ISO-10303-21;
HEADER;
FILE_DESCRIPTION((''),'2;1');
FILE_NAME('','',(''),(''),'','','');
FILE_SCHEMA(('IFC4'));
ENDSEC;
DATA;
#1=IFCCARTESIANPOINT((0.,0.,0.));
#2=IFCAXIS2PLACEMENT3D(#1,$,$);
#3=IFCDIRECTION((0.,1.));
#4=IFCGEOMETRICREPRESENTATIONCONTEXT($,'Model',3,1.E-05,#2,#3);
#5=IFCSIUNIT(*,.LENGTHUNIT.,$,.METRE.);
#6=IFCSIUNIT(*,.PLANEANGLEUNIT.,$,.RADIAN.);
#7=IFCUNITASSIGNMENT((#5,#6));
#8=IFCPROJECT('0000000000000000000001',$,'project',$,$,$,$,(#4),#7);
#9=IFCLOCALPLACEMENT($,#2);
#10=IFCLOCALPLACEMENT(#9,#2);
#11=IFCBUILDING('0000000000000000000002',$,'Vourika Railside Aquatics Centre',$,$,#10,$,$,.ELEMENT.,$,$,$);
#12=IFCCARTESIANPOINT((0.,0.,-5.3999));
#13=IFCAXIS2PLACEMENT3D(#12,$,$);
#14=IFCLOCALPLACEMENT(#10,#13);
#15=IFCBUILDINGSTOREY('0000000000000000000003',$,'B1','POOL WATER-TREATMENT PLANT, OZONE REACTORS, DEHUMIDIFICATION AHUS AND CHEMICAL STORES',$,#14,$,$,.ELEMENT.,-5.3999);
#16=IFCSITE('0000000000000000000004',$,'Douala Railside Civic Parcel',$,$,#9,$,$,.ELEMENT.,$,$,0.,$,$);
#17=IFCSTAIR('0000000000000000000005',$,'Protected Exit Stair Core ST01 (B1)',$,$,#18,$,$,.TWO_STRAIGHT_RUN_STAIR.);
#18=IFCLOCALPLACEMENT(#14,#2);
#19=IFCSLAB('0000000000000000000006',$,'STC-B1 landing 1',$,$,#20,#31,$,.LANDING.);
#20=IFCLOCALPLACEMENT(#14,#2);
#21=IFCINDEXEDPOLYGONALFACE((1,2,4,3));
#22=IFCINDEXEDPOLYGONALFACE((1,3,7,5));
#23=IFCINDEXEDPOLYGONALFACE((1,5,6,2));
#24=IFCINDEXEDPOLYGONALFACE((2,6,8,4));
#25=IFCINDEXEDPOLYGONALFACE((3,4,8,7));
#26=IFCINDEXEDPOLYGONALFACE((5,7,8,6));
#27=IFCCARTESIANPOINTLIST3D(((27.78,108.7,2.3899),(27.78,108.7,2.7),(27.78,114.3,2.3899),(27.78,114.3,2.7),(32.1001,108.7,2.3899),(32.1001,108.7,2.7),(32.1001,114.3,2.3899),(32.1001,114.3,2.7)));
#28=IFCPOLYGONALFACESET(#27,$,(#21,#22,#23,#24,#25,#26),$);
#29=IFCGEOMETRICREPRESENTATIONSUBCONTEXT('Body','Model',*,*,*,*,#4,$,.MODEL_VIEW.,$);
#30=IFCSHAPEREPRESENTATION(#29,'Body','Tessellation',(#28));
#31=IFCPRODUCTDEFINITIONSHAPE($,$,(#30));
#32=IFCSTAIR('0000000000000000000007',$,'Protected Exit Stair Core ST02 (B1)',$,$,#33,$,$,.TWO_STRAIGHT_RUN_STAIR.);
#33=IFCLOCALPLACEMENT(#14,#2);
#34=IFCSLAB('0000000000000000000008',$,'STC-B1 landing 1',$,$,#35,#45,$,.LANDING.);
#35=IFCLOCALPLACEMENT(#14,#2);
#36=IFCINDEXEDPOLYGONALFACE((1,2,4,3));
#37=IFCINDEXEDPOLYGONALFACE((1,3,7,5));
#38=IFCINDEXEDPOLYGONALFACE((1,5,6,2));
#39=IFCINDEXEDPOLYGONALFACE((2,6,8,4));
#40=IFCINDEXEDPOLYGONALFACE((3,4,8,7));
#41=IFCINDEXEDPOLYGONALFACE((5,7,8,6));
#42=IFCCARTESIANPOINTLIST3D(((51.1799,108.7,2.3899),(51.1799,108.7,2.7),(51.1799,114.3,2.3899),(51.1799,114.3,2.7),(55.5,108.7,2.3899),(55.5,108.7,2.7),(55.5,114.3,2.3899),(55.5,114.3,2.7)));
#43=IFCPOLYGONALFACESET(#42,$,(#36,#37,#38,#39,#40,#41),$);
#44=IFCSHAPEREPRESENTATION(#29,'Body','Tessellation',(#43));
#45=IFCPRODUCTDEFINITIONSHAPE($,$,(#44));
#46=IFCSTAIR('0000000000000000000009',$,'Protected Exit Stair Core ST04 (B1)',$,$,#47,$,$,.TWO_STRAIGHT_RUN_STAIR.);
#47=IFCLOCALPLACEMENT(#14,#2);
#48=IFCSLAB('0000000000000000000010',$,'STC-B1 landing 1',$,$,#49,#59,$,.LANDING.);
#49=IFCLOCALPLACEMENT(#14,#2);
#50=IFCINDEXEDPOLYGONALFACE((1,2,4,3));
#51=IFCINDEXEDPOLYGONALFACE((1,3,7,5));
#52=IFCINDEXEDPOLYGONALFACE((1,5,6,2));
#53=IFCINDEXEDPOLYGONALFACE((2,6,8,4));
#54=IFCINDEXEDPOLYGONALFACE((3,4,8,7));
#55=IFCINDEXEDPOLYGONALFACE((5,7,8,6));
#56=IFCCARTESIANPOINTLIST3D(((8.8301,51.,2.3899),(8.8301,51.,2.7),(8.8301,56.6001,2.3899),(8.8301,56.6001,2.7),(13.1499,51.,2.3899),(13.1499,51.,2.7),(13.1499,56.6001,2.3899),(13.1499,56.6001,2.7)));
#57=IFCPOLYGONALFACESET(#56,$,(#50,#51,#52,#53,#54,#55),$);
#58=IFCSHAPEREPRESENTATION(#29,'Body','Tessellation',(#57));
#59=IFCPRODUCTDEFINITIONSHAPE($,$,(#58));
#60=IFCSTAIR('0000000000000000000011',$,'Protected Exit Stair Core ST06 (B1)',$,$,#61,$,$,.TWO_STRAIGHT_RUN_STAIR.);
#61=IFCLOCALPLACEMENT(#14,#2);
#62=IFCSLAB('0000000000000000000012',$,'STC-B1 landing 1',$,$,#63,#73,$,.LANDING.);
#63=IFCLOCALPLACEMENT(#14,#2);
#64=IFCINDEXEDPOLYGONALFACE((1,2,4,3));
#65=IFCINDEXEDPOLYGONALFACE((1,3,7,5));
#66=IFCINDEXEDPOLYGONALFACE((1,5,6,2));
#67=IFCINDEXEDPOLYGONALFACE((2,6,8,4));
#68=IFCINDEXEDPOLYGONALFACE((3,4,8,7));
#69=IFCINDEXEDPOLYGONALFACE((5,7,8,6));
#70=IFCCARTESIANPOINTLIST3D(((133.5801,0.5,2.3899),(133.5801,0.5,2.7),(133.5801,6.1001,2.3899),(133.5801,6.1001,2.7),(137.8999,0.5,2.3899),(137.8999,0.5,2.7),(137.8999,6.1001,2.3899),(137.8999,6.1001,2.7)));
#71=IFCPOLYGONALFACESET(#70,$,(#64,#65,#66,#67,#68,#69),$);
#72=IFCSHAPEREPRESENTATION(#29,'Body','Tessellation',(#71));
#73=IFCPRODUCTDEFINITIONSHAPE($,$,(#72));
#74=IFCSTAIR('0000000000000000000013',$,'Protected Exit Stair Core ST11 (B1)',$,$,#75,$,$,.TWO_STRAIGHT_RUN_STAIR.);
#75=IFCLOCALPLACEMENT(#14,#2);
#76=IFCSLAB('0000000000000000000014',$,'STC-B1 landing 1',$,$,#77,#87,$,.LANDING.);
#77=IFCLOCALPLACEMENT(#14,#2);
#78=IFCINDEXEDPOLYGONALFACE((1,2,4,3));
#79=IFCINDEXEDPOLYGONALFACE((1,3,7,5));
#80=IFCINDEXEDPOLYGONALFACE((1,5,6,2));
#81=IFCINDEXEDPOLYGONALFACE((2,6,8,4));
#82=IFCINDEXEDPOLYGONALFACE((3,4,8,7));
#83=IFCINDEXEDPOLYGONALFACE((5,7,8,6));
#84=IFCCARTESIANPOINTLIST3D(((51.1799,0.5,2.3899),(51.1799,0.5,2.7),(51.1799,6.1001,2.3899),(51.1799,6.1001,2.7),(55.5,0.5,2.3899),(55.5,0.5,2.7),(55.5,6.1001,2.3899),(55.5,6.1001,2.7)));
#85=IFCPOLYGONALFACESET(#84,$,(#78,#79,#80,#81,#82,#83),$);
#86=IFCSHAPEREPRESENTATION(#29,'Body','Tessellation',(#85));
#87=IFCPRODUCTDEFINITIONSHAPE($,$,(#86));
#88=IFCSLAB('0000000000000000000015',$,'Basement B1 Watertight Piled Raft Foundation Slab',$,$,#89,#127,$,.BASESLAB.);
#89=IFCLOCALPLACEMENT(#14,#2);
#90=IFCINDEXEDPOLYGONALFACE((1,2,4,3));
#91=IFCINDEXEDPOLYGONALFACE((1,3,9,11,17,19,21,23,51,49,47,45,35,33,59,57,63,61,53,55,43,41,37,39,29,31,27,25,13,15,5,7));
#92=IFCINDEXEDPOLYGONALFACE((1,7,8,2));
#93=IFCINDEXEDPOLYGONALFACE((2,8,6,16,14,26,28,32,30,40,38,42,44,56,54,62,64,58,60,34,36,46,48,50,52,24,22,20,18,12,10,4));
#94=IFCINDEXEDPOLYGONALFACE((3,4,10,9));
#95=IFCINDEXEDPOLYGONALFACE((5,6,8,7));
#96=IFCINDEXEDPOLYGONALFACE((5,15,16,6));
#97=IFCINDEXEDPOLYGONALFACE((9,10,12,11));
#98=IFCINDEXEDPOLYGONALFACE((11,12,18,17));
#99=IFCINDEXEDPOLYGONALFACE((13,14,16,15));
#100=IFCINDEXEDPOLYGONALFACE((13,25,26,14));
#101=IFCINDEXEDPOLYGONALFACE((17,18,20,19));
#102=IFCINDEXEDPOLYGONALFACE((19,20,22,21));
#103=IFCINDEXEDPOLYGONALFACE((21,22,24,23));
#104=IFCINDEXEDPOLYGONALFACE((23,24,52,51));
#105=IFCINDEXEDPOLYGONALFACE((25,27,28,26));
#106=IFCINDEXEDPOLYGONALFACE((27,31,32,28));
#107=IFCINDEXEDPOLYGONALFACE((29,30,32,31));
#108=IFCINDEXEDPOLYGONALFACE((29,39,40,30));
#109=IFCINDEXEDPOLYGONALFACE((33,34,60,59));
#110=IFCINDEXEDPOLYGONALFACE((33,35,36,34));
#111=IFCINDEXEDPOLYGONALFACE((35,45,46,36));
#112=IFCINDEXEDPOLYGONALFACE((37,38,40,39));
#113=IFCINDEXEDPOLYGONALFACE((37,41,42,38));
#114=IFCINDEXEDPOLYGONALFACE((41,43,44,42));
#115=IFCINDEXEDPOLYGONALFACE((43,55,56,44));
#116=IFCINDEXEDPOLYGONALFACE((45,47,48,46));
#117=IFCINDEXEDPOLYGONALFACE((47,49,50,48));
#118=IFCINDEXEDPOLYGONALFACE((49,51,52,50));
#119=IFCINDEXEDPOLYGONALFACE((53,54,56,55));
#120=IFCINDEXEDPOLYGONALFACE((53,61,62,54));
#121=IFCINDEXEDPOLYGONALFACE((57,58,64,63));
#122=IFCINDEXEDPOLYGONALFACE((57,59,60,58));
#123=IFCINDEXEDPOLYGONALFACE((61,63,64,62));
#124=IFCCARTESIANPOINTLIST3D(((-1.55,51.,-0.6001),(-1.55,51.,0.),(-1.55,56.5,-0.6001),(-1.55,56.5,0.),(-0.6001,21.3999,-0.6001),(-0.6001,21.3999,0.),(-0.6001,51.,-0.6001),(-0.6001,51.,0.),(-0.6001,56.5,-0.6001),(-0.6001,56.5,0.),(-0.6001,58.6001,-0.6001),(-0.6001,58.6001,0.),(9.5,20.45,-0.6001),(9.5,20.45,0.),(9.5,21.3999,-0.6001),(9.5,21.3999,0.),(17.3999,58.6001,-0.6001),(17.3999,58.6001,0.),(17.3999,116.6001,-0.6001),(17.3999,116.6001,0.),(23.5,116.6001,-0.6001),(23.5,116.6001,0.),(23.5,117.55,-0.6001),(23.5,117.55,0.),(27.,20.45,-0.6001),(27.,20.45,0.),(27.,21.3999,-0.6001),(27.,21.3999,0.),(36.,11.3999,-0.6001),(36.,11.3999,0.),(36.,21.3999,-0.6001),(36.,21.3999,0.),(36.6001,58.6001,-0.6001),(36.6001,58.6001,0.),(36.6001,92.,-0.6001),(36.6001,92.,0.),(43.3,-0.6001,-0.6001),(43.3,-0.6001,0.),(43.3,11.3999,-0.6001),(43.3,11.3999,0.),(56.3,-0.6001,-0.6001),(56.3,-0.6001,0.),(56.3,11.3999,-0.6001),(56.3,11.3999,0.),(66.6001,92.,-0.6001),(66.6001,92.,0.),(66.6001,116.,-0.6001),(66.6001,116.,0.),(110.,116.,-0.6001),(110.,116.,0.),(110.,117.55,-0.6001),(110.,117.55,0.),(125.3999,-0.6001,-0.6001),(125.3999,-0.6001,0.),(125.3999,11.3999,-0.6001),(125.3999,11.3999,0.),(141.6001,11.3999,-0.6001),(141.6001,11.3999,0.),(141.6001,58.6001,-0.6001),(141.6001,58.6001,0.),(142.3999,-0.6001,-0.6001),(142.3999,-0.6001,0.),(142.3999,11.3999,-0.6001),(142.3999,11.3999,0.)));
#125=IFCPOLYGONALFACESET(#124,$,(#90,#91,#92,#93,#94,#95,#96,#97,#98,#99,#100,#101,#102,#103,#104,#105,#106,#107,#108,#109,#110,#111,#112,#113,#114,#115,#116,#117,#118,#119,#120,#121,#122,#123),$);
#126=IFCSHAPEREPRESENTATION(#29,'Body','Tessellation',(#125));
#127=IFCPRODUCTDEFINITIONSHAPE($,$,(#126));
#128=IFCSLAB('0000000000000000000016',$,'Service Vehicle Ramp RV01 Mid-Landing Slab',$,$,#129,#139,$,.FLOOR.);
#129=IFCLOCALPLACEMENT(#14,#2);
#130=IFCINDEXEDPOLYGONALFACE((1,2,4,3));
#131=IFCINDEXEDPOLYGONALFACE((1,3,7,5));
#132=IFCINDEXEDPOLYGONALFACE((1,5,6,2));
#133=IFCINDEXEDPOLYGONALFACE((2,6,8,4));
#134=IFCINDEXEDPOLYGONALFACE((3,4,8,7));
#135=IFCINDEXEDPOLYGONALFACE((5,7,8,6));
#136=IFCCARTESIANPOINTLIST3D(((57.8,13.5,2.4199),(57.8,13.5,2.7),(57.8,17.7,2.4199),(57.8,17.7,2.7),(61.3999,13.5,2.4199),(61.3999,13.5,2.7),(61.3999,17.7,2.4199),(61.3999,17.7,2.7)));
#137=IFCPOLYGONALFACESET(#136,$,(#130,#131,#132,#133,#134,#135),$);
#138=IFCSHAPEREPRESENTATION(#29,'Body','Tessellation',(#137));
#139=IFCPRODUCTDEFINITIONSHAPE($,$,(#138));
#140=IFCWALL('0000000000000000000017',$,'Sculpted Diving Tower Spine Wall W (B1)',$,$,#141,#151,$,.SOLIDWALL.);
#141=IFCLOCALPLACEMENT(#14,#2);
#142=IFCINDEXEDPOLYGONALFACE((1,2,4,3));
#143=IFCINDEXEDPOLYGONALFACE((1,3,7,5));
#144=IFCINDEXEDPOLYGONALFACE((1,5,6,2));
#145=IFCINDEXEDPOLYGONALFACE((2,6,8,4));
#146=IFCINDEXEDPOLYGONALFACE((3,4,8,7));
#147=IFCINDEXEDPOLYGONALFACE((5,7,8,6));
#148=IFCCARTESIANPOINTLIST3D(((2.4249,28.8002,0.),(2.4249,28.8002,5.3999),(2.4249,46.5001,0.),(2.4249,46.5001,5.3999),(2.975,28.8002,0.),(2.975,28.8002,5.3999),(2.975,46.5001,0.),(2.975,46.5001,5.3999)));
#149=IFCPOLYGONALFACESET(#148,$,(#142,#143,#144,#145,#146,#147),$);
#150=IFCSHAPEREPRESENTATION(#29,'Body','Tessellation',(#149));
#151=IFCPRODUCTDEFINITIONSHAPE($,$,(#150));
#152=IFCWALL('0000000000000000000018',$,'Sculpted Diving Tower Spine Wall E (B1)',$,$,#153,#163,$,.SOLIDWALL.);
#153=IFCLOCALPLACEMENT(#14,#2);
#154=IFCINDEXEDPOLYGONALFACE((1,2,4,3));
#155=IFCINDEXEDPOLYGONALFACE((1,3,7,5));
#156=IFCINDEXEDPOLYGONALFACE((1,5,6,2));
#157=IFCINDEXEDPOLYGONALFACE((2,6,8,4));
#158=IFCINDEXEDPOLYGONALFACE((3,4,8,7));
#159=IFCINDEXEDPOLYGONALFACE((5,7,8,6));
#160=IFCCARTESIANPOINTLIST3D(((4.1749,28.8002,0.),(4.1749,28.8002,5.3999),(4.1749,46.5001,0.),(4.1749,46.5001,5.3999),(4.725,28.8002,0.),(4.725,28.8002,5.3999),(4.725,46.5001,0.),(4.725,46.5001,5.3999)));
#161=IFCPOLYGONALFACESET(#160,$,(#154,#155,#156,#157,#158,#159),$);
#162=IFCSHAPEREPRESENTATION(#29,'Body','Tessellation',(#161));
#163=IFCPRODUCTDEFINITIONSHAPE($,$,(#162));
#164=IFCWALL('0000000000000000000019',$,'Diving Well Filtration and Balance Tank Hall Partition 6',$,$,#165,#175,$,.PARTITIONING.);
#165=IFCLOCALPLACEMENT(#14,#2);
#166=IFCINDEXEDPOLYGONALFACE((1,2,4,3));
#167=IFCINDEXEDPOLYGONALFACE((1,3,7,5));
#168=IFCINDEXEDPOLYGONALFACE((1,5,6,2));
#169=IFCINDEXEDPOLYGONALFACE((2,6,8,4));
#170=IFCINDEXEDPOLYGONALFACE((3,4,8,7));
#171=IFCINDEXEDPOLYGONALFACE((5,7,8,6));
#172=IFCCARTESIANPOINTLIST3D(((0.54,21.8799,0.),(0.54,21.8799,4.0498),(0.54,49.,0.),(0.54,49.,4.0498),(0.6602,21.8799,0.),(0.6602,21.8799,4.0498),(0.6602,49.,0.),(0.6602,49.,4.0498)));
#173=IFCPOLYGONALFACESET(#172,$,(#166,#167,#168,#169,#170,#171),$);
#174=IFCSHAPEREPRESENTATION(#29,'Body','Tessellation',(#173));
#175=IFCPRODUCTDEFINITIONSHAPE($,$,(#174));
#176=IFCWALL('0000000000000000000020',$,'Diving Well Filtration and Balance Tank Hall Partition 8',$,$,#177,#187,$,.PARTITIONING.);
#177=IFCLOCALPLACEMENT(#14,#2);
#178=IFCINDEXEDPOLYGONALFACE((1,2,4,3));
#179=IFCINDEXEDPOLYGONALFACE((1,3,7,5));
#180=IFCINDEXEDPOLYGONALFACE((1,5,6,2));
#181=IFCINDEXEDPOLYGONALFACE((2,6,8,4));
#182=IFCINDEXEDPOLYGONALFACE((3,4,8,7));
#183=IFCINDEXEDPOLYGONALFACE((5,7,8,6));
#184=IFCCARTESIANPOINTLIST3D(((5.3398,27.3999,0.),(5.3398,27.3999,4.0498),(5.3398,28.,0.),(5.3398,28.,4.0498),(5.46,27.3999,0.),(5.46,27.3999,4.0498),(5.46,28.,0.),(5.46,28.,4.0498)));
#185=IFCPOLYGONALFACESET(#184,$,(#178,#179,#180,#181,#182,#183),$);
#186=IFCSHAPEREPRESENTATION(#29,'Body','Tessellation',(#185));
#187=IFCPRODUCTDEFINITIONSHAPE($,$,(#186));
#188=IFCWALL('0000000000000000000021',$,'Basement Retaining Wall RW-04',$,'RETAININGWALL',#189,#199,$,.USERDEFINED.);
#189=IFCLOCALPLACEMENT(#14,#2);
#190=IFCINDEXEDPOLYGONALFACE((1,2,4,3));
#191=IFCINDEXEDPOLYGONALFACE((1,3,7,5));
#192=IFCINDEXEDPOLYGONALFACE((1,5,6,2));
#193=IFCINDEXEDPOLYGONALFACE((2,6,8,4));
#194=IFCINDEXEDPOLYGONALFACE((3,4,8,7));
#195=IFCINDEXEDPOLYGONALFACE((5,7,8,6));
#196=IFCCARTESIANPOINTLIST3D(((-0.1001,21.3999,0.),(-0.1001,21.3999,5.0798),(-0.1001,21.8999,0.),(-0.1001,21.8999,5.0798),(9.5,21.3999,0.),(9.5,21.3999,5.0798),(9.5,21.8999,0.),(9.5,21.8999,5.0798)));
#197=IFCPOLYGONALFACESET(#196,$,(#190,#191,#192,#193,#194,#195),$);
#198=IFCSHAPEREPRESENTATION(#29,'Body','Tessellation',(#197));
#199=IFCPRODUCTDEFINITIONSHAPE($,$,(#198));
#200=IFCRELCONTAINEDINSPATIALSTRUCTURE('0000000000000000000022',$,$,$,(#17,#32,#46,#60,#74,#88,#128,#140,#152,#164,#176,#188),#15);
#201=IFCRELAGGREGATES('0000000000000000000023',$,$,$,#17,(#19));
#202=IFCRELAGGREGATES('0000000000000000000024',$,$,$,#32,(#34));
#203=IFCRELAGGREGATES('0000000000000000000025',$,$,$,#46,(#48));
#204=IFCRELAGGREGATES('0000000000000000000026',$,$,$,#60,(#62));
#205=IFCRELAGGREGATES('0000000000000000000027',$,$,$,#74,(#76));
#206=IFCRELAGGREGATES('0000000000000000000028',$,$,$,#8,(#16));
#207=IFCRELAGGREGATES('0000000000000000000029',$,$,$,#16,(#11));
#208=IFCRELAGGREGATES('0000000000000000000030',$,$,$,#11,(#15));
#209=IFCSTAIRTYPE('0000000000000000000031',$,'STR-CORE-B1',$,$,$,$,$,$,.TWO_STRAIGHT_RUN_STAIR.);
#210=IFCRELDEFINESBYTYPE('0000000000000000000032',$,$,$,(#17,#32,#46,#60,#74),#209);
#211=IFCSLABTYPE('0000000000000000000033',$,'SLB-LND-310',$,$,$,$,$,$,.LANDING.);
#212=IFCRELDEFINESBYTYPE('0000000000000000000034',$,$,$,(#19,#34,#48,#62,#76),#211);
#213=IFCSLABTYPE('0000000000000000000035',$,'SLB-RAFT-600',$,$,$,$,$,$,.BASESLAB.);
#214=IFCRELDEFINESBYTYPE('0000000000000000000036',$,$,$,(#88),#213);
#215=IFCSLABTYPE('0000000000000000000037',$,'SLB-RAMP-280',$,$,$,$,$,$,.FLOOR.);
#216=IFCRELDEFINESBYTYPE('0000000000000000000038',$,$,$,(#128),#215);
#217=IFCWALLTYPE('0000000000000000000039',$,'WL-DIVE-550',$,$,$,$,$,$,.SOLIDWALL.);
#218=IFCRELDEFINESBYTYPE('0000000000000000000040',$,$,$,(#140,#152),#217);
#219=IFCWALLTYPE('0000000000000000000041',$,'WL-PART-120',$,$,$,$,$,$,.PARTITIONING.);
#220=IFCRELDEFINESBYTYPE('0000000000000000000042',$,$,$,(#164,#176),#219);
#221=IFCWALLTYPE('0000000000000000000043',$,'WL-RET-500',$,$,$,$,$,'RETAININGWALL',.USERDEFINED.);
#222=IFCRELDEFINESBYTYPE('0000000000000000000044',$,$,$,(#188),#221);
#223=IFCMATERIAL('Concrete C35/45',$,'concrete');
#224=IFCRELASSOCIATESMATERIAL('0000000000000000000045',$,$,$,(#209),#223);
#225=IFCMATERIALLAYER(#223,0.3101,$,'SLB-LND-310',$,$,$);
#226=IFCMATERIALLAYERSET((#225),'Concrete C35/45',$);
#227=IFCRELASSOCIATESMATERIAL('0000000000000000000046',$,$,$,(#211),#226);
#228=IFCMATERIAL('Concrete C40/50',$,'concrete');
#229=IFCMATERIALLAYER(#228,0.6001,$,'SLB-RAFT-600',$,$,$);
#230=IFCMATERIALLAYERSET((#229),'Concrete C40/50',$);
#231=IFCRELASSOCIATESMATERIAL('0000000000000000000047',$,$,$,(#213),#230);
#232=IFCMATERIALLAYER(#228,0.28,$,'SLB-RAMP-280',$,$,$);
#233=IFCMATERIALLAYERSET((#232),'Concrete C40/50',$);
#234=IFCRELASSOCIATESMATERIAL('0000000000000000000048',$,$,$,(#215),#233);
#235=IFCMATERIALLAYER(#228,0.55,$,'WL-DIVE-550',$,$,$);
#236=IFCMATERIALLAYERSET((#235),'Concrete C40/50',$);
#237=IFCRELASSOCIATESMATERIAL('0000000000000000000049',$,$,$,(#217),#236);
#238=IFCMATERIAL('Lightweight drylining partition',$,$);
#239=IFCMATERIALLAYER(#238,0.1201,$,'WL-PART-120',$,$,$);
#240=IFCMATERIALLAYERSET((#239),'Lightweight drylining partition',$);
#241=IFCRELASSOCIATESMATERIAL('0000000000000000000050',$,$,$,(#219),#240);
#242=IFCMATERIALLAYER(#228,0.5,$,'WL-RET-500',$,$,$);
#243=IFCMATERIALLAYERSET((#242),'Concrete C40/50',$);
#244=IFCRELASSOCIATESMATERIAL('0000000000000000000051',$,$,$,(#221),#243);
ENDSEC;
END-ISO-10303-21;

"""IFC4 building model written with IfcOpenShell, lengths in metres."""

from ifc_helpers import new_model, si_unit, direction, frame, frame_2d, origin, place, context, subcontext, project, spatial, polyline, rectangle, outline, extrude, material, layer, layer_set, type_object, element, aggregate, save


model = new_model("IFC4")

# Units and contexts
model_context = context("Model", 3, precision=1e-05, world=origin(), true_north=direction((0.0, 1.0)))
body_context = subcontext(model_context, "Body", "Model", "MODEL_VIEW")
ifc_project = project(units=[si_unit("LENGTHUNIT", "METRE"), si_unit("PLANEANGLEUNIT", "RADIAN")], contexts=[model_context])

# Site, building, storey
site_placement = place(None, origin())
site = spatial("IfcSite", under=ifc_project, at=site_placement, Name="Douala Railside Civic Parcel", CompositionType="ELEMENT", RefElevation=0.0)
building_placement = place(site_placement, origin())
building = spatial("IfcBuilding", under=site, at=building_placement, Name="Vourika Railside Aquatics Centre", CompositionType="ELEMENT")
storey_placement = place(building_placement, frame((0.0, 0.0, -5.3999)))
storey = spatial("IfcBuildingStorey", under=building, at=storey_placement, Name="B1", Description="POOL WATER-TREATMENT PLANT, OZONE REACTORS, DEHUMIDIFICATION AHUS AND CHEMICAL STORES", CompositionType="ELEMENT", Elevation=-5.3999)

# Shared definitions
ifc_material_1 = material(Name="Concrete C40/50", Category="concrete")

# Shared definitions
ifc_material_2 = material(Name="Concrete C35/45", Category="concrete")

# Stairs, slabs
stair_type = type_object("IfcStairType", Name="STR-CORE-B1", PredefinedType="TWO_STRAIGHT_RUN_STAIR", material=ifc_material_2)
stair_1_placement = place(storey_placement, origin())
stair_1 = element("IfcStair", 1, at=stair_1_placement, inside=storey, type_object=stair_type, Name="Protected Exit Stair Core ST01 (B1)", PredefinedType="TWO_STRAIGHT_RUN_STAIR")
ifc_layer_1 = layer(ifc_material_2, 0.3101, Name="SLB-LND-310")
ifc_layer_set_1 = layer_set([ifc_layer_1], Name="Concrete C35/45")
slab_type_1 = type_object("IfcSlabType", Name="SLB-LND-310", PredefinedType="LANDING", material=ifc_layer_set_1)
slab_1_placement = place(storey_placement, frame((0.0, 0.0, 2.3899)))
slab_1 = element("IfcSlab", 2, at=slab_1_placement, type_object=slab_type_1, Name="STC-B1 landing 1", PredefinedType="LANDING", context=body_context, shape_type="SweptSolid", body=[
    extrude(outline(polyline([(27.78, 108.7), (32.1001, 108.7), (32.1001, 114.3), (27.78, 114.3), (27.78, 108.7)])), origin(), (0.0, 0.0, 1.0), 0.3101),
])
aggregate(stair_1, [slab_1])
stair_2_placement = place(storey_placement, origin())
stair_2 = element("IfcStair", 3, at=stair_2_placement, inside=storey, type_object=stair_type, Name="Protected Exit Stair Core ST02 (B1)", PredefinedType="TWO_STRAIGHT_RUN_STAIR")
slab_2_placement = place(storey_placement, frame((0.0, 0.0, 2.3899)))
slab_2 = element("IfcSlab", 4, at=slab_2_placement, type_object=slab_type_1, Name="STC-B1 landing 1", PredefinedType="LANDING", context=body_context, shape_type="SweptSolid", body=[
    extrude(outline(polyline([(51.1799, 108.7), (55.5, 108.7), (55.5, 114.3), (51.1799, 114.3), (51.1799, 108.7)])), origin(), (0.0, 0.0, 1.0), 0.3101),
])
aggregate(stair_2, [slab_2])
stair_3_placement = place(storey_placement, origin())
stair_3 = element("IfcStair", 5, at=stair_3_placement, inside=storey, type_object=stair_type, Name="Protected Exit Stair Core ST04 (B1)", PredefinedType="TWO_STRAIGHT_RUN_STAIR")
slab_3_placement = place(storey_placement, frame((0.0, 0.0, 2.3899)))
slab_3 = element("IfcSlab", 6, at=slab_3_placement, type_object=slab_type_1, Name="STC-B1 landing 1", PredefinedType="LANDING", context=body_context, shape_type="SweptSolid", body=[
    extrude(outline(polyline([(8.8301, 51.0), (13.1499, 51.0), (13.1499, 56.6001), (8.8301, 56.6001), (8.8301, 51.0)])), origin(), (0.0, 0.0, 1.0), 0.3101),
])
aggregate(stair_3, [slab_3])
stair_4_placement = place(storey_placement, origin())
stair_4 = element("IfcStair", 7, at=stair_4_placement, inside=storey, type_object=stair_type, Name="Protected Exit Stair Core ST06 (B1)", PredefinedType="TWO_STRAIGHT_RUN_STAIR")
slab_4_placement = place(storey_placement, frame((0.0, 0.0, 2.3899)))
slab_4 = element("IfcSlab", 8, at=slab_4_placement, type_object=slab_type_1, Name="STC-B1 landing 1", PredefinedType="LANDING", context=body_context, shape_type="SweptSolid", body=[
    extrude(outline(polyline([(133.5801, 0.5), (137.8999, 0.5), (137.8999, 6.1001), (133.5801, 6.1001), (133.5801, 0.5)])), origin(), (0.0, 0.0, 1.0), 0.3101),
])
aggregate(stair_4, [slab_4])
stair_5_placement = place(storey_placement, origin())
stair_5 = element("IfcStair", 9, at=stair_5_placement, inside=storey, type_object=stair_type, Name="Protected Exit Stair Core ST11 (B1)", PredefinedType="TWO_STRAIGHT_RUN_STAIR")
slab_5_placement = place(storey_placement, frame((0.0, 0.0, 2.3899)))
slab_5 = element("IfcSlab", 10, at=slab_5_placement, type_object=slab_type_1, Name="STC-B1 landing 1", PredefinedType="LANDING", context=body_context, shape_type="SweptSolid", body=[
    extrude(outline(polyline([(51.1799, 0.5), (55.5, 0.5), (55.5, 6.1001), (51.1799, 6.1001), (51.1799, 0.5)])), origin(), (0.0, 0.0, 1.0), 0.3101),
])
aggregate(stair_5, [slab_5])

# Slabs
ifc_layer_2 = layer(ifc_material_1, 0.6001, Name="SLB-RAFT-600")
ifc_layer_set_2 = layer_set([ifc_layer_2], Name="Concrete C40/50")
slab_type_2 = type_object("IfcSlabType", Name="SLB-RAFT-600", PredefinedType="BASESLAB", material=ifc_layer_set_2)
slab_6_placement = place(storey_placement, frame((0.0, 0.0, -0.6001)))
element("IfcSlab", 11, at=slab_6_placement, inside=storey, type_object=slab_type_2, Name="Basement B1 Watertight Piled Raft Foundation Slab", PredefinedType="BASESLAB", context=body_context, shape_type="SweptSolid", body=[
    extrude(outline(polyline([(36.0, 11.3999), (36.0, 21.3999), (27.0, 21.3999), (27.0, 20.45), (9.5, 20.45), (9.5, 21.3999), (-0.6001, 21.3999), (-0.6001, 51.0), (-1.55, 51.0), (-1.55, 56.5), (-0.6001, 56.5), (-0.6001, 58.6001), (17.3999, 58.6001), (17.3999, 116.6001), (23.5, 116.6001), (23.5, 117.55), (110.0, 117.55), (110.0, 116.0), (66.6001, 116.0), (66.6001, 92.0), (36.6001, 92.0), (36.6001, 58.6001), (141.6001, 58.6001), (141.6001, 11.3999), (142.3999, 11.3999), (142.3999, -0.6001), (125.3999, -0.6001), (125.3999, 11.3999), (56.3, 11.3999), (56.3, -0.6001), (43.3, -0.6001), (43.3, 11.3999), (36.0, 11.3999)])), origin(), (0.0, 0.0, 1.0), 0.6001),
])
ifc_layer_3 = layer(ifc_material_1, 0.28, Name="SLB-RAMP-280")
ifc_layer_set_3 = layer_set([ifc_layer_3], Name="Concrete C40/50")
slab_type_3 = type_object("IfcSlabType", Name="SLB-RAMP-280", PredefinedType="FLOOR", material=ifc_layer_set_3)
slab_7_placement = place(storey_placement, frame((0.0, 0.0, 2.4199)))
element("IfcSlab", 12, at=slab_7_placement, inside=storey, type_object=slab_type_3, Name="Service Vehicle Ramp RV01 Mid-Landing Slab", PredefinedType="FLOOR", context=body_context, shape_type="SweptSolid", body=[
    extrude(outline(polyline([(57.8, 13.5), (61.3999, 13.5), (61.3999, 17.7), (57.8, 17.7), (57.8, 13.5)])), origin(), (0.0, 0.0, 1.0), 0.28),
])

# Walls
ifc_layer_4 = layer(ifc_material_1, 0.55, Name="WL-DIVE-550")
ifc_layer_set_4 = layer_set([ifc_layer_4], Name="Concrete C40/50")
wall_type_1 = type_object("IfcWallType", Name="WL-DIVE-550", PredefinedType="SOLIDWALL", material=ifc_layer_set_4)
for number, where, z_axis, x_axis, name in (
    (13, (2.7, 28.8, 0.0), (0.0, 0.0, 1.0), (0.0, 1.0, 0.0), "Sculpted Diving Tower Spine Wall W (B1)"),
    (14, (4.45, 28.8, 0.0), (0.0, 0.0, 1.0), (0.0, 1.0, 0.0), "Sculpted Diving Tower Spine Wall E (B1)"),
):
    element("IfcWall", number, at=place(storey_placement, frame(where, z_axis=z_axis, x_axis=x_axis)), inside=storey, type_object=wall_type_1, Name=name, PredefinedType="SOLIDWALL", context=body_context, shape_type="SweptSolid", body=[
        extrude(rectangle(XDim=17.7, YDim=0.55, at=frame_2d((8.8501, 0.0))), origin(), (0.0, 0.0, 1.0), 5.3999),
    ])
ifc_material_3 = material(Name="Lightweight drylining partition")
ifc_layer_5 = layer(ifc_material_3, 0.1201, Name="WL-PART-120")
ifc_layer_set_5 = layer_set([ifc_layer_5], Name="Lightweight drylining partition")
wall_type_2 = type_object("IfcWallType", Name="WL-PART-120", PredefinedType="PARTITIONING", material=ifc_layer_set_5)
wall_1_placement = place(storey_placement, frame((0.6001, 21.8799, 0.0), z_axis=(0.0, 0.0, 1.0), x_axis=(0.0, 1.0, 0.0)))
element("IfcWall", 15, at=wall_1_placement, inside=storey, type_object=wall_type_2, Name="Diving Well Filtration and Balance Tank Hall Partition 6", PredefinedType="PARTITIONING", context=body_context, shape_type="SweptSolid", body=[
    extrude(rectangle(XDim=27.1201, YDim=0.1201, at=frame_2d((13.5601, 0.0))), origin(), (0.0, 0.0, 1.0), 4.0498),
])
wall_2_placement = place(storey_placement, frame((5.3999, 28.0, 0.0), z_axis=(0.0, 0.0, 1.0), x_axis=(0.0, -1.0, 0.0)))
element("IfcWall", 16, at=wall_2_placement, inside=storey, type_object=wall_type_2, Name="Diving Well Filtration and Balance Tank Hall Partition 8", PredefinedType="PARTITIONING", context=body_context, shape_type="SweptSolid", body=[
    extrude(rectangle(XDim=0.6001, YDim=0.1201, at=frame_2d((0.3, 0.0))), origin(), (0.0, 0.0, 1.0), 4.0498),
])
ifc_layer_6 = layer(ifc_material_1, 0.5, Name="WL-RET-500")
ifc_layer_set_6 = layer_set([ifc_layer_6], Name="Concrete C40/50")
wall_type_3 = type_object("IfcWallType", Name="WL-RET-500", ElementType="RETAININGWALL", PredefinedType="USERDEFINED", material=ifc_layer_set_6)
wall_3_placement = place(storey_placement, frame((9.5, 21.6499, 0.0), z_axis=(0.0, 0.0, 1.0), x_axis=(-1.0, 0.0, 0.0)))
element("IfcWall", 17, at=wall_3_placement, inside=storey, type_object=wall_type_3, Name="Basement Retaining Wall RW-04", ObjectType="RETAININGWALL", PredefinedType="USERDEFINED", context=body_context, shape_type="SweptSolid", body=[
    extrude(rectangle(XDim=9.6001, YDim=0.5, at=frame_2d((4.8, 0.0))), origin(), (0.0, 0.0, 1.0), 5.0798),
])

save(model, "model.ifc")
